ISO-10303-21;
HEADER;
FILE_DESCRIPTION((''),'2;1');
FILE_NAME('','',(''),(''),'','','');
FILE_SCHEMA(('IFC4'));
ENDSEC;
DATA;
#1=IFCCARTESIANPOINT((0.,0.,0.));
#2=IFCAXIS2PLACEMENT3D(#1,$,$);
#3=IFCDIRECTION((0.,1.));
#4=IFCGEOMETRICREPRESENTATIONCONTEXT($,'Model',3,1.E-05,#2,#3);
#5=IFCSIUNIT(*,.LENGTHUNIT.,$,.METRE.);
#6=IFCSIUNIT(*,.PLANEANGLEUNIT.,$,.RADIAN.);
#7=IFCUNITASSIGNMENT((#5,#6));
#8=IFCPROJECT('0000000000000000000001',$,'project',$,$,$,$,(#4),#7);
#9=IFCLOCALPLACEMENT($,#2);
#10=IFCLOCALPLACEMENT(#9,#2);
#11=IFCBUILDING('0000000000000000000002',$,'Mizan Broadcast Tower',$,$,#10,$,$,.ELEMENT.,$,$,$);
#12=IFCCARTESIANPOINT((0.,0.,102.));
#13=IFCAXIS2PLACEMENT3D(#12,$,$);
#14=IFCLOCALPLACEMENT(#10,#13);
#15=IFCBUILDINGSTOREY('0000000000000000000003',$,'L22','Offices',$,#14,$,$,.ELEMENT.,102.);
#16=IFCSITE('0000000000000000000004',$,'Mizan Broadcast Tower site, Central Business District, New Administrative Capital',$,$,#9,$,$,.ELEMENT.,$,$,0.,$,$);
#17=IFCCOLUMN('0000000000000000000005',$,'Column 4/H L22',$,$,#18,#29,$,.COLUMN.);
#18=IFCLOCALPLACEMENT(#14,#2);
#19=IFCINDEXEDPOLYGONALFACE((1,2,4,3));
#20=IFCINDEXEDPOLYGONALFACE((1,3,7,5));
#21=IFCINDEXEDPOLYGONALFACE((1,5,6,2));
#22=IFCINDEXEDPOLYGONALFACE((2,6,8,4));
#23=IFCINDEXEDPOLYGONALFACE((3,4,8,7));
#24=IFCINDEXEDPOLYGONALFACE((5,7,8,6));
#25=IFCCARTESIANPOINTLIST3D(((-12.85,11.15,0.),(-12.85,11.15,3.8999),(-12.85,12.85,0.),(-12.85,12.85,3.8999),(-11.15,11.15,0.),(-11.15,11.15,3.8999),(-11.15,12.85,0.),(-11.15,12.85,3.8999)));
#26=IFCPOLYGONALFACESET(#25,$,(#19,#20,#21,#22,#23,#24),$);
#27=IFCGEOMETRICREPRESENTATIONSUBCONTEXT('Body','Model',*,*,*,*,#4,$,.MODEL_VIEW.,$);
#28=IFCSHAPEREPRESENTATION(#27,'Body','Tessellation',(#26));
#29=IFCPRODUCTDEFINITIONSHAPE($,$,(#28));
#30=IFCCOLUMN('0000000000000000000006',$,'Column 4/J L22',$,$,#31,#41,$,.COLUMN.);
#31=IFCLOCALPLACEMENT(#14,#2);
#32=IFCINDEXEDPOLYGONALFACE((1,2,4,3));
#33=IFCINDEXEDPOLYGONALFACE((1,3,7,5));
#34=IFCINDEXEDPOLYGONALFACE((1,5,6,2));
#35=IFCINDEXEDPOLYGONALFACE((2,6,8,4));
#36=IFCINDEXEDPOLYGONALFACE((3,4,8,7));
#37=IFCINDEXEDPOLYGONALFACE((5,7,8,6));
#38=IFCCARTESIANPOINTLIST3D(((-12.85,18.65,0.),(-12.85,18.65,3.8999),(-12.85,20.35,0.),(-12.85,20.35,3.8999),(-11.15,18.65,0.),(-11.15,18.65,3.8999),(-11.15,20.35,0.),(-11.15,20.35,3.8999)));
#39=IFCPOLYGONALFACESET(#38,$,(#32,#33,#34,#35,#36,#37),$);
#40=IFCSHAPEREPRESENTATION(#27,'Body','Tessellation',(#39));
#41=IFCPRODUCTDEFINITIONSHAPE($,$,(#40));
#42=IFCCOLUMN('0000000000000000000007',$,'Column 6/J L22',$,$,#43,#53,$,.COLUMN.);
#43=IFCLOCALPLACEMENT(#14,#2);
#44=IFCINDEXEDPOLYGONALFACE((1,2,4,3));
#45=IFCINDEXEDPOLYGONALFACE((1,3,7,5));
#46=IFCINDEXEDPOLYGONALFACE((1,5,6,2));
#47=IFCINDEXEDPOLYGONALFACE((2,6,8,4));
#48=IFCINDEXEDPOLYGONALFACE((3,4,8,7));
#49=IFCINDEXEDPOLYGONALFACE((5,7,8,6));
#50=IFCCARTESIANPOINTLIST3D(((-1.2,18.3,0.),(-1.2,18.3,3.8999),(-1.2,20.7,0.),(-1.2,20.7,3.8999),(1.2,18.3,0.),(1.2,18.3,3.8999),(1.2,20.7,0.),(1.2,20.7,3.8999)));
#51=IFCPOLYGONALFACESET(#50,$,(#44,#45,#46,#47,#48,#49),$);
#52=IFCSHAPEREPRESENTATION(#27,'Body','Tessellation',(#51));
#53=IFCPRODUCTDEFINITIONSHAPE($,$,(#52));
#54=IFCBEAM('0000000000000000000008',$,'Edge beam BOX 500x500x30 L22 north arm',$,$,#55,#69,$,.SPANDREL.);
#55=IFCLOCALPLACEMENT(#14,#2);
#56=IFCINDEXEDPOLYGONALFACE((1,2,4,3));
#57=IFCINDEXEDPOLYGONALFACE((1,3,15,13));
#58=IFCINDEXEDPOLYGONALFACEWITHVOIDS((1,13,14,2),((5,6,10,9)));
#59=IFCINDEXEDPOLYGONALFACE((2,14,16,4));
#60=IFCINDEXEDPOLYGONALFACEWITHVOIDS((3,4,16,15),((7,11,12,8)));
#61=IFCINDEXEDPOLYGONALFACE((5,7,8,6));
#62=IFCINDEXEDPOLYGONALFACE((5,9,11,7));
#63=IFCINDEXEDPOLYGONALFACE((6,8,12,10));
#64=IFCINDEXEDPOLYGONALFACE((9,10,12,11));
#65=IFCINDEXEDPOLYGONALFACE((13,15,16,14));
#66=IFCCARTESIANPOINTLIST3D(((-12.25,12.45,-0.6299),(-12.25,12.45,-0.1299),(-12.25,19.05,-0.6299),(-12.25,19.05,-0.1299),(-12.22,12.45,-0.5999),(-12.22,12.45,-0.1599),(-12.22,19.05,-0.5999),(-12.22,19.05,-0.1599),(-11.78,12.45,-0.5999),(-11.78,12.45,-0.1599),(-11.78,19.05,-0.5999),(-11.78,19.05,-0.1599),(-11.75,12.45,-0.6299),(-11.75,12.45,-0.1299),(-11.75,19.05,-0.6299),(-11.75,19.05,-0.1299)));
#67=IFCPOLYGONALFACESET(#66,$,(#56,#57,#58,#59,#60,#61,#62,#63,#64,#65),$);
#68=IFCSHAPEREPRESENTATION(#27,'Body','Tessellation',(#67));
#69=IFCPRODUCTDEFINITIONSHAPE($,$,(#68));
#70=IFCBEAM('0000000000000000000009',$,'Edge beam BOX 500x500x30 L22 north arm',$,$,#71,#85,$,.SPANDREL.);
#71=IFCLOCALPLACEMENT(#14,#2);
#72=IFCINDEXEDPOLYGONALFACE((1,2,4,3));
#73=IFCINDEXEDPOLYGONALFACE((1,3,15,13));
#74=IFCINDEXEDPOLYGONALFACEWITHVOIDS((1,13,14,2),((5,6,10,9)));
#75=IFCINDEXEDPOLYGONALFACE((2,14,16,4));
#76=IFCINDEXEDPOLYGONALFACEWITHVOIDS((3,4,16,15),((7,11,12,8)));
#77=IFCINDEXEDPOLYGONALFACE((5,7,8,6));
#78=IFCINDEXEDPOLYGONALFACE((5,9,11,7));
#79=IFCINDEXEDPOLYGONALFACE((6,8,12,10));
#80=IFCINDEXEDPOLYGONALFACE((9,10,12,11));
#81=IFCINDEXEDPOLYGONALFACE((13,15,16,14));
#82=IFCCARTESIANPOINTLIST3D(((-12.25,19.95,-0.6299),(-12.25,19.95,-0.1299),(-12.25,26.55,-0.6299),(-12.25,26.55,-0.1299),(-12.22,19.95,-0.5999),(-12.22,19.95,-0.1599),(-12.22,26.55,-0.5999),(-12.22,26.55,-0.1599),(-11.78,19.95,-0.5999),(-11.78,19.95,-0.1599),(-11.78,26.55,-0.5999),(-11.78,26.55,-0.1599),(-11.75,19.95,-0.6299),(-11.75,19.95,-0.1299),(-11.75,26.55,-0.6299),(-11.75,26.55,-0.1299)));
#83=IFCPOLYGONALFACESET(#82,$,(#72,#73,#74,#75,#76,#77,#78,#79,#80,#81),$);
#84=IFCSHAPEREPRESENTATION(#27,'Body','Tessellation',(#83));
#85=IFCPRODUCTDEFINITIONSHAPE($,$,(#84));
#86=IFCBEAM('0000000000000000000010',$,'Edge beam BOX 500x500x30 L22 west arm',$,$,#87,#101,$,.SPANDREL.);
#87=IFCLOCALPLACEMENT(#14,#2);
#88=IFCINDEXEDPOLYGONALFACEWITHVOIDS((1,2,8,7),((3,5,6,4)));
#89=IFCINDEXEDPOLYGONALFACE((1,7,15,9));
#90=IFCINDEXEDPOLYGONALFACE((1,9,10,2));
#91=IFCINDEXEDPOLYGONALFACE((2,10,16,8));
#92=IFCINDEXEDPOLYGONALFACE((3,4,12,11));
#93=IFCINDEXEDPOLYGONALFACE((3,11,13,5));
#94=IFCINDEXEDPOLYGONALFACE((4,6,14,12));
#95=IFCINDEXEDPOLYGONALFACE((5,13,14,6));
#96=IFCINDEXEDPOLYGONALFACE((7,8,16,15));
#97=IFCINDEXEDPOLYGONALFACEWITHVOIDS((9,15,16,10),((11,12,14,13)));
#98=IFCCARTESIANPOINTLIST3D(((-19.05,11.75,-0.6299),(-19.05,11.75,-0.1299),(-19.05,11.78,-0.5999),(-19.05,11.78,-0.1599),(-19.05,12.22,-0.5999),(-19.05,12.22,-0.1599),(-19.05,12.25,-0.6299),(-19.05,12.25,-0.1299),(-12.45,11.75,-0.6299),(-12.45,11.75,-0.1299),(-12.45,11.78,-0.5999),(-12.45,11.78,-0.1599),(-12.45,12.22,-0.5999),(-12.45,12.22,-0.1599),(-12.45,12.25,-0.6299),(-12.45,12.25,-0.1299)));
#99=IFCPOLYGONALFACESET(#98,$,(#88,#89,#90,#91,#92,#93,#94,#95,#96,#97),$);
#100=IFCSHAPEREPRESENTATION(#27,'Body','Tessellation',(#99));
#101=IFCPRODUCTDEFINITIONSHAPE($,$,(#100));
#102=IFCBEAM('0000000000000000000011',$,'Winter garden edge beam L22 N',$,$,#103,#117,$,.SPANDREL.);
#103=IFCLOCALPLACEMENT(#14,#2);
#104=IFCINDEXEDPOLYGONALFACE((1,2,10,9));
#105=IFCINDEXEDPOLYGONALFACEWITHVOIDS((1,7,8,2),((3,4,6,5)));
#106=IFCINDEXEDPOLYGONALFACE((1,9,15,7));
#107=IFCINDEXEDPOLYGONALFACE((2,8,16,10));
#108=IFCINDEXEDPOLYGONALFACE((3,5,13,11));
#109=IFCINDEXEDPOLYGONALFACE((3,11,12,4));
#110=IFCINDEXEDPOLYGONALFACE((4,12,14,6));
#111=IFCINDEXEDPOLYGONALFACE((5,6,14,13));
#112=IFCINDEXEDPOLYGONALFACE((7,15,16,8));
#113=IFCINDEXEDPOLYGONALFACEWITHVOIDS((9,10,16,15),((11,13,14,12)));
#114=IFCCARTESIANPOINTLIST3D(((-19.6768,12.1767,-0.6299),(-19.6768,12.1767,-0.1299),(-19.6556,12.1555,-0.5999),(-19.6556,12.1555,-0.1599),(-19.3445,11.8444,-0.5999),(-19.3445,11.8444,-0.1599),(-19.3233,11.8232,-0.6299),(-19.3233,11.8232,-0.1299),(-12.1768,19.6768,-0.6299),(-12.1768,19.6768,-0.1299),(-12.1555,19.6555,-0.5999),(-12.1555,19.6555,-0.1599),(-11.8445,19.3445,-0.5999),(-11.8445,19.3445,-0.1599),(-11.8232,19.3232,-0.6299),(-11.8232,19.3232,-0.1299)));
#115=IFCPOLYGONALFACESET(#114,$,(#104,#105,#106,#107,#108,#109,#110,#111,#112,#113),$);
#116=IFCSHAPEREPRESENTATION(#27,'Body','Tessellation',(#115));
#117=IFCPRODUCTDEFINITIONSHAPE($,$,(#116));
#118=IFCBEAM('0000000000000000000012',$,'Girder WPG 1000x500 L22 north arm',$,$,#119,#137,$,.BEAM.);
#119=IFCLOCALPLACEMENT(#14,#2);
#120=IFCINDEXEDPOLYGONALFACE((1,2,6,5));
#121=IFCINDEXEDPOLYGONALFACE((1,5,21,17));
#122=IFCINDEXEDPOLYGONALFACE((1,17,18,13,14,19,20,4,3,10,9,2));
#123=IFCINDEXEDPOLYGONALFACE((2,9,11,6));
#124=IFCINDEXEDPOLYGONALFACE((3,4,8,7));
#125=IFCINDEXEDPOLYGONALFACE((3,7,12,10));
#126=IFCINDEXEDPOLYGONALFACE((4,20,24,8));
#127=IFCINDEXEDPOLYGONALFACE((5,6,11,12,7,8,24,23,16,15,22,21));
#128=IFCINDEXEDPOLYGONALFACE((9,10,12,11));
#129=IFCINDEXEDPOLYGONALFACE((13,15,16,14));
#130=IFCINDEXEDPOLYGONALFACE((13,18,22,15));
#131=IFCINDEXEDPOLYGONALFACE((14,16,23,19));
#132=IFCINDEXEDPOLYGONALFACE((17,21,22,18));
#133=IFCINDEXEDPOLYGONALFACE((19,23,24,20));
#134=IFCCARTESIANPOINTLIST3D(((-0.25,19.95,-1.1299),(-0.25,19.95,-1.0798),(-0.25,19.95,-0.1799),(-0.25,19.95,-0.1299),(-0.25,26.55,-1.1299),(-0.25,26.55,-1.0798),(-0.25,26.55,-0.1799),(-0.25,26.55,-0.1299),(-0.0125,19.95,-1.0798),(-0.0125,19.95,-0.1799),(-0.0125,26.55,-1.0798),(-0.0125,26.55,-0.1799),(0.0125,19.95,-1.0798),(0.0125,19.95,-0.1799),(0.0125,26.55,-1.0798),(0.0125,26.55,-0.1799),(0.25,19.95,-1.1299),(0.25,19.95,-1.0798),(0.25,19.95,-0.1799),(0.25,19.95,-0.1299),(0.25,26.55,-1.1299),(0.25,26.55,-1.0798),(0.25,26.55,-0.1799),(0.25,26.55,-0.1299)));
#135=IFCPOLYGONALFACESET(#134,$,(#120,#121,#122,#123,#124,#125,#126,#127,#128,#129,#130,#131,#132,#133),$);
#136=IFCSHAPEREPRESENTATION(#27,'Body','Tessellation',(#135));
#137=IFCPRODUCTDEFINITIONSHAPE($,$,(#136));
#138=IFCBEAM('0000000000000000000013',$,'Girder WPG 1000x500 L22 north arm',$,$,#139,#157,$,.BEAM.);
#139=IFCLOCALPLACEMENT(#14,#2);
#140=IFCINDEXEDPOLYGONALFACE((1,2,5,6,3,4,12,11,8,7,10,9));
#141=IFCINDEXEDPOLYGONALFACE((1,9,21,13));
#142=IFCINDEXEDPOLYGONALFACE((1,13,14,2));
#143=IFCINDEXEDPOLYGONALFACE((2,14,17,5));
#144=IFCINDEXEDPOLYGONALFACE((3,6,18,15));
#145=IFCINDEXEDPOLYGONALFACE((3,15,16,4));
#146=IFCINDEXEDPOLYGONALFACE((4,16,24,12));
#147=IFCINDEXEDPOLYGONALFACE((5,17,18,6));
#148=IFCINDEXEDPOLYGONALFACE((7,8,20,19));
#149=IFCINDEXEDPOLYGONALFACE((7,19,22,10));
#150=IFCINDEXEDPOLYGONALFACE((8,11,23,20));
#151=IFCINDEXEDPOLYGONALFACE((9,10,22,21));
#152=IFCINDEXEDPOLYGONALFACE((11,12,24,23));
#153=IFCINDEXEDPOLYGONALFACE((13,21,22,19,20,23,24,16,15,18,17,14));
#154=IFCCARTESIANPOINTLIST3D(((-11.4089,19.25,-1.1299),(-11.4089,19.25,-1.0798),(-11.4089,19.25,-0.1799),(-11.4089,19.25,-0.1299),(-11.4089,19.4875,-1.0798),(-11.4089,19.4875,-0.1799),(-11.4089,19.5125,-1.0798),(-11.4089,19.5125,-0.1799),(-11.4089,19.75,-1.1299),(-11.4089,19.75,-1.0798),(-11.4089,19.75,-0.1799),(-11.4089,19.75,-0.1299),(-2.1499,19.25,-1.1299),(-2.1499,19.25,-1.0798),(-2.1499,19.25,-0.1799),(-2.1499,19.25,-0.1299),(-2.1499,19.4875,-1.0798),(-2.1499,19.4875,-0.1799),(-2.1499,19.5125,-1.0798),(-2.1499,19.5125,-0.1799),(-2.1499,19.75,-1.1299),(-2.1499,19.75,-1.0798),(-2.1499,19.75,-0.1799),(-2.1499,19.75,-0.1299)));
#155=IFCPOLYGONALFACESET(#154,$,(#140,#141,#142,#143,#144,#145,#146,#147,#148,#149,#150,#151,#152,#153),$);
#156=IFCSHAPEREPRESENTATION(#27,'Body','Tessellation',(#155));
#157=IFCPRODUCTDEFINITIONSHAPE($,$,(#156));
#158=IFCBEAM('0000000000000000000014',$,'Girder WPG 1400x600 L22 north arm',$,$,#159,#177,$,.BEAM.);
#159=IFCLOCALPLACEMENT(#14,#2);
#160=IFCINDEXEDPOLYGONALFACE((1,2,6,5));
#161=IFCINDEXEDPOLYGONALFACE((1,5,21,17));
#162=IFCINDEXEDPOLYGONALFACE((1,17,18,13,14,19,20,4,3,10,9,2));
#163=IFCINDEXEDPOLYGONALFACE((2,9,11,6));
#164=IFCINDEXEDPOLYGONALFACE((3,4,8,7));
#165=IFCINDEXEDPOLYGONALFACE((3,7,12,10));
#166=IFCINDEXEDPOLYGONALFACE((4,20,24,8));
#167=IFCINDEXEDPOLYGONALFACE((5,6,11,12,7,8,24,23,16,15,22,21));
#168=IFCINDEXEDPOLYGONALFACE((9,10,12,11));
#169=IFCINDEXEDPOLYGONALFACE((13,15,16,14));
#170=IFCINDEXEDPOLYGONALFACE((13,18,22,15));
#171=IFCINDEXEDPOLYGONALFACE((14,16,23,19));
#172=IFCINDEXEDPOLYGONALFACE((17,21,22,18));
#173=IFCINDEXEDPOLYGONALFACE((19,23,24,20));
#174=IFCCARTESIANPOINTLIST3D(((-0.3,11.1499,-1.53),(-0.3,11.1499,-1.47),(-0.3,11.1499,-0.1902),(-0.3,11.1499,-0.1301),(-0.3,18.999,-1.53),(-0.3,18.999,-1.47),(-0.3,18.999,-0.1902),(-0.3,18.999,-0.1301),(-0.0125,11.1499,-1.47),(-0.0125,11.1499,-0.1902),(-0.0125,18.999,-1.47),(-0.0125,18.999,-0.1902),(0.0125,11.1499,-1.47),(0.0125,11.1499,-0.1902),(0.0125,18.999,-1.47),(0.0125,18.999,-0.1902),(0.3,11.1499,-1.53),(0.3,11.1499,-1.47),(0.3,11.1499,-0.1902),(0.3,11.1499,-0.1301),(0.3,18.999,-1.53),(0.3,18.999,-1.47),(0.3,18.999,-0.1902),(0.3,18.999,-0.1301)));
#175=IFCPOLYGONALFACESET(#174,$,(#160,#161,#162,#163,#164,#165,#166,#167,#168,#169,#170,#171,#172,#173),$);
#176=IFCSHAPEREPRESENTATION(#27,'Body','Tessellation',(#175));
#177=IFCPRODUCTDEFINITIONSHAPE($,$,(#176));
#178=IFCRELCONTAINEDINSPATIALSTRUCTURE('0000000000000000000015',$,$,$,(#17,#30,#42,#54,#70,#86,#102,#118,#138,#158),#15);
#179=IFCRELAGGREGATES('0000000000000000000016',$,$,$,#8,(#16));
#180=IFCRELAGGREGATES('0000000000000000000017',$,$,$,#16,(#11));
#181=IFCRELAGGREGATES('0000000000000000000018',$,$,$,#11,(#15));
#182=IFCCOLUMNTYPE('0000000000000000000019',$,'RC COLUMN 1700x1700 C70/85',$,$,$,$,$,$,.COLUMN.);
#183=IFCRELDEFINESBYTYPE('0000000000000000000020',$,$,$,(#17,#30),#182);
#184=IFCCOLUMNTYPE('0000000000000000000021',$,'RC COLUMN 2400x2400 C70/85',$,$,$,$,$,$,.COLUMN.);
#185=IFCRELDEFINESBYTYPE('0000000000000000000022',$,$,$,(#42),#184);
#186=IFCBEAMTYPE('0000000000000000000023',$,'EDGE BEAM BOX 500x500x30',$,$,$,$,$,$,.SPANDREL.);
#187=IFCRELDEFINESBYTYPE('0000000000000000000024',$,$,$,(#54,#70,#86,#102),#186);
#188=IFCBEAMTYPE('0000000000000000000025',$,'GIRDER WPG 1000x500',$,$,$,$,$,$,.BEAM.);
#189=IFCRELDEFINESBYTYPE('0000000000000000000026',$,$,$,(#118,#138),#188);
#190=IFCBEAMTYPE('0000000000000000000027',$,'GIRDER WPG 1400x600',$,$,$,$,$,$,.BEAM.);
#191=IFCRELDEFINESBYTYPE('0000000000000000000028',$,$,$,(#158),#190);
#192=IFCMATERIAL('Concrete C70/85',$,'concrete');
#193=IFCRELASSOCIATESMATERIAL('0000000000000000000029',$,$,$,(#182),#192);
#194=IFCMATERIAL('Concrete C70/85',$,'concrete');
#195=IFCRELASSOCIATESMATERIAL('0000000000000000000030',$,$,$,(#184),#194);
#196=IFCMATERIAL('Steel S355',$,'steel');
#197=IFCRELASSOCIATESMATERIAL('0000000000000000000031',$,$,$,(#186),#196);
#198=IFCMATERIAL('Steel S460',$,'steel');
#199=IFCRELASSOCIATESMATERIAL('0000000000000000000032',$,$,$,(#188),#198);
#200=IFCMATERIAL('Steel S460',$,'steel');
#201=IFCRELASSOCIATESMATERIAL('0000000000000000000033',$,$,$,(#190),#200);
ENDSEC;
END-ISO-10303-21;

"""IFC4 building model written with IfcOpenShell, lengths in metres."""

from ifc_helpers import new_model, si_unit, direction, frame, origin, origin_2d, place, context, subcontext, project, spatial, rectangle, hollow_rectangle, i_section, extrude, material, material_profile, profile_set, type_object, element, save


model = new_model("IFC4")

# Units and contexts
model_context = context("Model", 3, precision=1e-05, world=origin(), true_north=direction((0.0, 1.0)))
body_context = subcontext(model_context, "Body", "Model", "MODEL_VIEW")
ifc_project = project(units=[si_unit("LENGTHUNIT", "METRE"), si_unit("PLANEANGLEUNIT", "RADIAN")], contexts=[model_context])

# Site, building, storey
site_placement = place(None, origin())
site = spatial("IfcSite", under=ifc_project, at=site_placement, Name="Mizan Broadcast Tower site, Central Business District, New Administrative Capital", CompositionType="ELEMENT", RefElevation=0.0)
building_placement = place(site_placement, origin())
building = spatial("IfcBuilding", under=site, at=building_placement, Name="Mizan Broadcast Tower", CompositionType="ELEMENT")
storey_placement = place(building_placement, frame((0.0, 0.0, 102.0)))
storey = spatial("IfcBuildingStorey", under=building, at=storey_placement, Name="L22", Description="Offices", CompositionType="ELEMENT", Elevation=102.0)

# Columns
ifc_material_1 = material(Name="Concrete C70/85", Category="concrete")
ifc_material_profile_1 = material_profile(ifc_material_1, rectangle(XDim=1.7, YDim=1.7, at=origin_2d()), Name="RC 1700x1700")
ifc_profile_set_1 = profile_set([ifc_material_profile_1], Name="Concrete C70/85")
column_type_1 = type_object("IfcColumnType", Name="RC COLUMN 1700x1700 C70/85", PredefinedType="COLUMN", material=ifc_profile_set_1)
for number, where, z_axis, x_axis, name in (
    (1, (-12.0, 12.0, 0.0), (0.0, 0.0, 1.0), (1.0, 0.0, 0.0), "Column 4/H L22"),
    (2, (-12.0, 19.5, 0.0), (0.0, 0.0, 1.0), (1.0, 0.0, 0.0), "Column 4/J L22"),
):
    element("IfcColumn", number, at=place(storey_placement, frame(where, z_axis=z_axis, x_axis=x_axis)), inside=storey, type_object=column_type_1, Name=name, PredefinedType="COLUMN", context=body_context, shape_type="SweptSolid", body=[
        extrude(rectangle(XDim=1.7, YDim=1.7, at=origin_2d()), origin(), (0.0, 0.0, 1.0), 3.8999),
    ])
ifc_material_2 = material(Name="Concrete C70/85", Category="concrete")
ifc_material_profile_2 = material_profile(ifc_material_2, rectangle(XDim=2.3999, YDim=2.3999, at=origin_2d()), Name="RC 2400x2400")
ifc_profile_set_2 = profile_set([ifc_material_profile_2], Name="Concrete C70/85")
column_type_2 = type_object("IfcColumnType", Name="RC COLUMN 2400x2400 C70/85", PredefinedType="COLUMN", material=ifc_profile_set_2)
column_placement = place(storey_placement, frame((0.0, 19.5, 0.0), z_axis=(0.0, 0.0, 1.0), x_axis=(1.0, 0.0, 0.0)))
element("IfcColumn", 3, at=column_placement, inside=storey, type_object=column_type_2, Name="Column 6/J L22", PredefinedType="COLUMN", context=body_context, shape_type="SweptSolid", body=[
    extrude(rectangle(XDim=2.3999, YDim=2.3999, at=origin_2d()), origin(), (0.0, 0.0, 1.0), 3.8999),
])

# Beams
ifc_material_3 = material(Name="Steel S355", Category="steel")
ifc_material_profile_3 = material_profile(ifc_material_3, hollow_rectangle(XDim=0.5, YDim=0.5, WallThickness=0.03, at=origin_2d()), Name="BOX 500x500x30")
ifc_profile_set_3 = profile_set([ifc_material_profile_3], Name="Steel S355")
beam_type_1 = type_object("IfcBeamType", Name="EDGE BEAM BOX 500x500x30", PredefinedType="SPANDREL", material=ifc_profile_set_3)
for number, where, z_axis, x_axis, name in (
    (4, (-12.0, 12.45, -0.3799), (0.0, 1.0, 0.0), (-1.0, 0.0, 0.0), "Edge beam BOX 500x500x30 L22 north arm"),
    (5, (-12.0, 19.95, -0.3799), (0.0, 1.0, 0.0), (-1.0, 0.0, 0.0), "Edge beam BOX 500x500x30 L22 north arm"),
    (6, (-12.45, 12.0, -0.3799), (-1.0, 0.0, 0.0), (0.0, -1.0, 0.0), "Edge beam BOX 500x500x30 L22 west arm"),
):
    element("IfcBeam", number, at=place(storey_placement, frame(where, z_axis=z_axis, x_axis=x_axis)), inside=storey, type_object=beam_type_1, Name=name, PredefinedType="SPANDREL", context=body_context, shape_type="SweptSolid", body=[
        extrude(hollow_rectangle(XDim=0.5, YDim=0.5, WallThickness=0.03, at=origin_2d()), origin(), (0.0, 0.0, 1.0), 6.6001),
    ])
beam_1_placement = place(storey_placement, frame((-12.0, 19.5, -0.3799), z_axis=(-0.707107, -0.707107, 0.0), x_axis=(0.707107, -0.707107, 0.0)))
element("IfcBeam", 7, at=beam_1_placement, inside=storey, type_object=beam_type_1, Name="Winter garden edge beam L22 N", PredefinedType="SPANDREL", context=body_context, shape_type="SweptSolid", body=[
    extrude(hollow_rectangle(XDim=0.5, YDim=0.5, WallThickness=0.03, at=origin_2d()), origin(), (0.0, 0.0, 1.0), 10.6067),
])
ifc_material_4 = material(Name="Steel S460", Category="steel")
ifc_material_profile_4 = material_profile(ifc_material_4, i_section(OverallWidth=0.5, OverallDepth=1.0, WebThickness=0.0249, FlangeThickness=0.05, at=origin_2d()), Name="WPG 1000x500")
ifc_profile_set_4 = profile_set([ifc_material_profile_4], Name="Steel S460")
beam_type_2 = type_object("IfcBeamType", Name="GIRDER WPG 1000x500", PredefinedType="BEAM", material=ifc_profile_set_4)
beam_2_placement = place(storey_placement, frame((0.0, 19.95, -0.6299), z_axis=(0.0, 1.0, 0.0), x_axis=(-1.0, 0.0, 0.0)))
element("IfcBeam", 8, at=beam_2_placement, inside=storey, type_object=beam_type_2, Name="Girder WPG 1000x500 L22 north arm", PredefinedType="BEAM", context=body_context, shape_type="SweptSolid", body=[
    extrude(i_section(OverallWidth=0.5, OverallDepth=1.0, WebThickness=0.0249, FlangeThickness=0.05, at=origin_2d()), origin(), (0.0, 0.0, 1.0), 6.6001),
])
beam_3_placement = place(storey_placement, frame((-11.4089, 19.5, -0.6299), z_axis=(1.0, 0.0, 0.0), x_axis=(0.0, 1.0, 0.0)))
element("IfcBeam", 9, at=beam_3_placement, inside=storey, type_object=beam_type_2, Name="Girder WPG 1000x500 L22 north arm", PredefinedType="BEAM", context=body_context, shape_type="SweptSolid", body=[
    extrude(i_section(OverallWidth=0.5, OverallDepth=1.0, WebThickness=0.0249, FlangeThickness=0.05, at=origin_2d()), origin(), (0.0, 0.0, 1.0), 9.259),
])
ifc_material_5 = material(Name="Steel S460", Category="steel")
ifc_material_profile_5 = material_profile(ifc_material_5, i_section(OverallWidth=0.6001, OverallDepth=1.3999, WebThickness=0.0249, FlangeThickness=0.0601, at=origin_2d()), Name="WPG 1400x600")
ifc_profile_set_5 = profile_set([ifc_material_profile_5], Name="Steel S460")
beam_type_3 = type_object("IfcBeamType", Name="GIRDER WPG 1400x600", PredefinedType="BEAM", material=ifc_profile_set_5)
beam_4_placement = place(storey_placement, frame((0.0, 11.1499, -0.8301), z_axis=(0.0, 1.0, 0.0), x_axis=(-1.0, 0.0, 0.0)))
element("IfcBeam", 10, at=beam_4_placement, inside=storey, type_object=beam_type_3, Name="Girder WPG 1400x600 L22 north arm", PredefinedType="BEAM", context=body_context, shape_type="SweptSolid", body=[
    extrude(i_section(OverallWidth=0.6001, OverallDepth=1.3999, WebThickness=0.0249, FlangeThickness=0.0601, at=origin_2d()), origin(), (0.0, 0.0, 1.0), 7.8491),
])

save(model, "model.ifc")
